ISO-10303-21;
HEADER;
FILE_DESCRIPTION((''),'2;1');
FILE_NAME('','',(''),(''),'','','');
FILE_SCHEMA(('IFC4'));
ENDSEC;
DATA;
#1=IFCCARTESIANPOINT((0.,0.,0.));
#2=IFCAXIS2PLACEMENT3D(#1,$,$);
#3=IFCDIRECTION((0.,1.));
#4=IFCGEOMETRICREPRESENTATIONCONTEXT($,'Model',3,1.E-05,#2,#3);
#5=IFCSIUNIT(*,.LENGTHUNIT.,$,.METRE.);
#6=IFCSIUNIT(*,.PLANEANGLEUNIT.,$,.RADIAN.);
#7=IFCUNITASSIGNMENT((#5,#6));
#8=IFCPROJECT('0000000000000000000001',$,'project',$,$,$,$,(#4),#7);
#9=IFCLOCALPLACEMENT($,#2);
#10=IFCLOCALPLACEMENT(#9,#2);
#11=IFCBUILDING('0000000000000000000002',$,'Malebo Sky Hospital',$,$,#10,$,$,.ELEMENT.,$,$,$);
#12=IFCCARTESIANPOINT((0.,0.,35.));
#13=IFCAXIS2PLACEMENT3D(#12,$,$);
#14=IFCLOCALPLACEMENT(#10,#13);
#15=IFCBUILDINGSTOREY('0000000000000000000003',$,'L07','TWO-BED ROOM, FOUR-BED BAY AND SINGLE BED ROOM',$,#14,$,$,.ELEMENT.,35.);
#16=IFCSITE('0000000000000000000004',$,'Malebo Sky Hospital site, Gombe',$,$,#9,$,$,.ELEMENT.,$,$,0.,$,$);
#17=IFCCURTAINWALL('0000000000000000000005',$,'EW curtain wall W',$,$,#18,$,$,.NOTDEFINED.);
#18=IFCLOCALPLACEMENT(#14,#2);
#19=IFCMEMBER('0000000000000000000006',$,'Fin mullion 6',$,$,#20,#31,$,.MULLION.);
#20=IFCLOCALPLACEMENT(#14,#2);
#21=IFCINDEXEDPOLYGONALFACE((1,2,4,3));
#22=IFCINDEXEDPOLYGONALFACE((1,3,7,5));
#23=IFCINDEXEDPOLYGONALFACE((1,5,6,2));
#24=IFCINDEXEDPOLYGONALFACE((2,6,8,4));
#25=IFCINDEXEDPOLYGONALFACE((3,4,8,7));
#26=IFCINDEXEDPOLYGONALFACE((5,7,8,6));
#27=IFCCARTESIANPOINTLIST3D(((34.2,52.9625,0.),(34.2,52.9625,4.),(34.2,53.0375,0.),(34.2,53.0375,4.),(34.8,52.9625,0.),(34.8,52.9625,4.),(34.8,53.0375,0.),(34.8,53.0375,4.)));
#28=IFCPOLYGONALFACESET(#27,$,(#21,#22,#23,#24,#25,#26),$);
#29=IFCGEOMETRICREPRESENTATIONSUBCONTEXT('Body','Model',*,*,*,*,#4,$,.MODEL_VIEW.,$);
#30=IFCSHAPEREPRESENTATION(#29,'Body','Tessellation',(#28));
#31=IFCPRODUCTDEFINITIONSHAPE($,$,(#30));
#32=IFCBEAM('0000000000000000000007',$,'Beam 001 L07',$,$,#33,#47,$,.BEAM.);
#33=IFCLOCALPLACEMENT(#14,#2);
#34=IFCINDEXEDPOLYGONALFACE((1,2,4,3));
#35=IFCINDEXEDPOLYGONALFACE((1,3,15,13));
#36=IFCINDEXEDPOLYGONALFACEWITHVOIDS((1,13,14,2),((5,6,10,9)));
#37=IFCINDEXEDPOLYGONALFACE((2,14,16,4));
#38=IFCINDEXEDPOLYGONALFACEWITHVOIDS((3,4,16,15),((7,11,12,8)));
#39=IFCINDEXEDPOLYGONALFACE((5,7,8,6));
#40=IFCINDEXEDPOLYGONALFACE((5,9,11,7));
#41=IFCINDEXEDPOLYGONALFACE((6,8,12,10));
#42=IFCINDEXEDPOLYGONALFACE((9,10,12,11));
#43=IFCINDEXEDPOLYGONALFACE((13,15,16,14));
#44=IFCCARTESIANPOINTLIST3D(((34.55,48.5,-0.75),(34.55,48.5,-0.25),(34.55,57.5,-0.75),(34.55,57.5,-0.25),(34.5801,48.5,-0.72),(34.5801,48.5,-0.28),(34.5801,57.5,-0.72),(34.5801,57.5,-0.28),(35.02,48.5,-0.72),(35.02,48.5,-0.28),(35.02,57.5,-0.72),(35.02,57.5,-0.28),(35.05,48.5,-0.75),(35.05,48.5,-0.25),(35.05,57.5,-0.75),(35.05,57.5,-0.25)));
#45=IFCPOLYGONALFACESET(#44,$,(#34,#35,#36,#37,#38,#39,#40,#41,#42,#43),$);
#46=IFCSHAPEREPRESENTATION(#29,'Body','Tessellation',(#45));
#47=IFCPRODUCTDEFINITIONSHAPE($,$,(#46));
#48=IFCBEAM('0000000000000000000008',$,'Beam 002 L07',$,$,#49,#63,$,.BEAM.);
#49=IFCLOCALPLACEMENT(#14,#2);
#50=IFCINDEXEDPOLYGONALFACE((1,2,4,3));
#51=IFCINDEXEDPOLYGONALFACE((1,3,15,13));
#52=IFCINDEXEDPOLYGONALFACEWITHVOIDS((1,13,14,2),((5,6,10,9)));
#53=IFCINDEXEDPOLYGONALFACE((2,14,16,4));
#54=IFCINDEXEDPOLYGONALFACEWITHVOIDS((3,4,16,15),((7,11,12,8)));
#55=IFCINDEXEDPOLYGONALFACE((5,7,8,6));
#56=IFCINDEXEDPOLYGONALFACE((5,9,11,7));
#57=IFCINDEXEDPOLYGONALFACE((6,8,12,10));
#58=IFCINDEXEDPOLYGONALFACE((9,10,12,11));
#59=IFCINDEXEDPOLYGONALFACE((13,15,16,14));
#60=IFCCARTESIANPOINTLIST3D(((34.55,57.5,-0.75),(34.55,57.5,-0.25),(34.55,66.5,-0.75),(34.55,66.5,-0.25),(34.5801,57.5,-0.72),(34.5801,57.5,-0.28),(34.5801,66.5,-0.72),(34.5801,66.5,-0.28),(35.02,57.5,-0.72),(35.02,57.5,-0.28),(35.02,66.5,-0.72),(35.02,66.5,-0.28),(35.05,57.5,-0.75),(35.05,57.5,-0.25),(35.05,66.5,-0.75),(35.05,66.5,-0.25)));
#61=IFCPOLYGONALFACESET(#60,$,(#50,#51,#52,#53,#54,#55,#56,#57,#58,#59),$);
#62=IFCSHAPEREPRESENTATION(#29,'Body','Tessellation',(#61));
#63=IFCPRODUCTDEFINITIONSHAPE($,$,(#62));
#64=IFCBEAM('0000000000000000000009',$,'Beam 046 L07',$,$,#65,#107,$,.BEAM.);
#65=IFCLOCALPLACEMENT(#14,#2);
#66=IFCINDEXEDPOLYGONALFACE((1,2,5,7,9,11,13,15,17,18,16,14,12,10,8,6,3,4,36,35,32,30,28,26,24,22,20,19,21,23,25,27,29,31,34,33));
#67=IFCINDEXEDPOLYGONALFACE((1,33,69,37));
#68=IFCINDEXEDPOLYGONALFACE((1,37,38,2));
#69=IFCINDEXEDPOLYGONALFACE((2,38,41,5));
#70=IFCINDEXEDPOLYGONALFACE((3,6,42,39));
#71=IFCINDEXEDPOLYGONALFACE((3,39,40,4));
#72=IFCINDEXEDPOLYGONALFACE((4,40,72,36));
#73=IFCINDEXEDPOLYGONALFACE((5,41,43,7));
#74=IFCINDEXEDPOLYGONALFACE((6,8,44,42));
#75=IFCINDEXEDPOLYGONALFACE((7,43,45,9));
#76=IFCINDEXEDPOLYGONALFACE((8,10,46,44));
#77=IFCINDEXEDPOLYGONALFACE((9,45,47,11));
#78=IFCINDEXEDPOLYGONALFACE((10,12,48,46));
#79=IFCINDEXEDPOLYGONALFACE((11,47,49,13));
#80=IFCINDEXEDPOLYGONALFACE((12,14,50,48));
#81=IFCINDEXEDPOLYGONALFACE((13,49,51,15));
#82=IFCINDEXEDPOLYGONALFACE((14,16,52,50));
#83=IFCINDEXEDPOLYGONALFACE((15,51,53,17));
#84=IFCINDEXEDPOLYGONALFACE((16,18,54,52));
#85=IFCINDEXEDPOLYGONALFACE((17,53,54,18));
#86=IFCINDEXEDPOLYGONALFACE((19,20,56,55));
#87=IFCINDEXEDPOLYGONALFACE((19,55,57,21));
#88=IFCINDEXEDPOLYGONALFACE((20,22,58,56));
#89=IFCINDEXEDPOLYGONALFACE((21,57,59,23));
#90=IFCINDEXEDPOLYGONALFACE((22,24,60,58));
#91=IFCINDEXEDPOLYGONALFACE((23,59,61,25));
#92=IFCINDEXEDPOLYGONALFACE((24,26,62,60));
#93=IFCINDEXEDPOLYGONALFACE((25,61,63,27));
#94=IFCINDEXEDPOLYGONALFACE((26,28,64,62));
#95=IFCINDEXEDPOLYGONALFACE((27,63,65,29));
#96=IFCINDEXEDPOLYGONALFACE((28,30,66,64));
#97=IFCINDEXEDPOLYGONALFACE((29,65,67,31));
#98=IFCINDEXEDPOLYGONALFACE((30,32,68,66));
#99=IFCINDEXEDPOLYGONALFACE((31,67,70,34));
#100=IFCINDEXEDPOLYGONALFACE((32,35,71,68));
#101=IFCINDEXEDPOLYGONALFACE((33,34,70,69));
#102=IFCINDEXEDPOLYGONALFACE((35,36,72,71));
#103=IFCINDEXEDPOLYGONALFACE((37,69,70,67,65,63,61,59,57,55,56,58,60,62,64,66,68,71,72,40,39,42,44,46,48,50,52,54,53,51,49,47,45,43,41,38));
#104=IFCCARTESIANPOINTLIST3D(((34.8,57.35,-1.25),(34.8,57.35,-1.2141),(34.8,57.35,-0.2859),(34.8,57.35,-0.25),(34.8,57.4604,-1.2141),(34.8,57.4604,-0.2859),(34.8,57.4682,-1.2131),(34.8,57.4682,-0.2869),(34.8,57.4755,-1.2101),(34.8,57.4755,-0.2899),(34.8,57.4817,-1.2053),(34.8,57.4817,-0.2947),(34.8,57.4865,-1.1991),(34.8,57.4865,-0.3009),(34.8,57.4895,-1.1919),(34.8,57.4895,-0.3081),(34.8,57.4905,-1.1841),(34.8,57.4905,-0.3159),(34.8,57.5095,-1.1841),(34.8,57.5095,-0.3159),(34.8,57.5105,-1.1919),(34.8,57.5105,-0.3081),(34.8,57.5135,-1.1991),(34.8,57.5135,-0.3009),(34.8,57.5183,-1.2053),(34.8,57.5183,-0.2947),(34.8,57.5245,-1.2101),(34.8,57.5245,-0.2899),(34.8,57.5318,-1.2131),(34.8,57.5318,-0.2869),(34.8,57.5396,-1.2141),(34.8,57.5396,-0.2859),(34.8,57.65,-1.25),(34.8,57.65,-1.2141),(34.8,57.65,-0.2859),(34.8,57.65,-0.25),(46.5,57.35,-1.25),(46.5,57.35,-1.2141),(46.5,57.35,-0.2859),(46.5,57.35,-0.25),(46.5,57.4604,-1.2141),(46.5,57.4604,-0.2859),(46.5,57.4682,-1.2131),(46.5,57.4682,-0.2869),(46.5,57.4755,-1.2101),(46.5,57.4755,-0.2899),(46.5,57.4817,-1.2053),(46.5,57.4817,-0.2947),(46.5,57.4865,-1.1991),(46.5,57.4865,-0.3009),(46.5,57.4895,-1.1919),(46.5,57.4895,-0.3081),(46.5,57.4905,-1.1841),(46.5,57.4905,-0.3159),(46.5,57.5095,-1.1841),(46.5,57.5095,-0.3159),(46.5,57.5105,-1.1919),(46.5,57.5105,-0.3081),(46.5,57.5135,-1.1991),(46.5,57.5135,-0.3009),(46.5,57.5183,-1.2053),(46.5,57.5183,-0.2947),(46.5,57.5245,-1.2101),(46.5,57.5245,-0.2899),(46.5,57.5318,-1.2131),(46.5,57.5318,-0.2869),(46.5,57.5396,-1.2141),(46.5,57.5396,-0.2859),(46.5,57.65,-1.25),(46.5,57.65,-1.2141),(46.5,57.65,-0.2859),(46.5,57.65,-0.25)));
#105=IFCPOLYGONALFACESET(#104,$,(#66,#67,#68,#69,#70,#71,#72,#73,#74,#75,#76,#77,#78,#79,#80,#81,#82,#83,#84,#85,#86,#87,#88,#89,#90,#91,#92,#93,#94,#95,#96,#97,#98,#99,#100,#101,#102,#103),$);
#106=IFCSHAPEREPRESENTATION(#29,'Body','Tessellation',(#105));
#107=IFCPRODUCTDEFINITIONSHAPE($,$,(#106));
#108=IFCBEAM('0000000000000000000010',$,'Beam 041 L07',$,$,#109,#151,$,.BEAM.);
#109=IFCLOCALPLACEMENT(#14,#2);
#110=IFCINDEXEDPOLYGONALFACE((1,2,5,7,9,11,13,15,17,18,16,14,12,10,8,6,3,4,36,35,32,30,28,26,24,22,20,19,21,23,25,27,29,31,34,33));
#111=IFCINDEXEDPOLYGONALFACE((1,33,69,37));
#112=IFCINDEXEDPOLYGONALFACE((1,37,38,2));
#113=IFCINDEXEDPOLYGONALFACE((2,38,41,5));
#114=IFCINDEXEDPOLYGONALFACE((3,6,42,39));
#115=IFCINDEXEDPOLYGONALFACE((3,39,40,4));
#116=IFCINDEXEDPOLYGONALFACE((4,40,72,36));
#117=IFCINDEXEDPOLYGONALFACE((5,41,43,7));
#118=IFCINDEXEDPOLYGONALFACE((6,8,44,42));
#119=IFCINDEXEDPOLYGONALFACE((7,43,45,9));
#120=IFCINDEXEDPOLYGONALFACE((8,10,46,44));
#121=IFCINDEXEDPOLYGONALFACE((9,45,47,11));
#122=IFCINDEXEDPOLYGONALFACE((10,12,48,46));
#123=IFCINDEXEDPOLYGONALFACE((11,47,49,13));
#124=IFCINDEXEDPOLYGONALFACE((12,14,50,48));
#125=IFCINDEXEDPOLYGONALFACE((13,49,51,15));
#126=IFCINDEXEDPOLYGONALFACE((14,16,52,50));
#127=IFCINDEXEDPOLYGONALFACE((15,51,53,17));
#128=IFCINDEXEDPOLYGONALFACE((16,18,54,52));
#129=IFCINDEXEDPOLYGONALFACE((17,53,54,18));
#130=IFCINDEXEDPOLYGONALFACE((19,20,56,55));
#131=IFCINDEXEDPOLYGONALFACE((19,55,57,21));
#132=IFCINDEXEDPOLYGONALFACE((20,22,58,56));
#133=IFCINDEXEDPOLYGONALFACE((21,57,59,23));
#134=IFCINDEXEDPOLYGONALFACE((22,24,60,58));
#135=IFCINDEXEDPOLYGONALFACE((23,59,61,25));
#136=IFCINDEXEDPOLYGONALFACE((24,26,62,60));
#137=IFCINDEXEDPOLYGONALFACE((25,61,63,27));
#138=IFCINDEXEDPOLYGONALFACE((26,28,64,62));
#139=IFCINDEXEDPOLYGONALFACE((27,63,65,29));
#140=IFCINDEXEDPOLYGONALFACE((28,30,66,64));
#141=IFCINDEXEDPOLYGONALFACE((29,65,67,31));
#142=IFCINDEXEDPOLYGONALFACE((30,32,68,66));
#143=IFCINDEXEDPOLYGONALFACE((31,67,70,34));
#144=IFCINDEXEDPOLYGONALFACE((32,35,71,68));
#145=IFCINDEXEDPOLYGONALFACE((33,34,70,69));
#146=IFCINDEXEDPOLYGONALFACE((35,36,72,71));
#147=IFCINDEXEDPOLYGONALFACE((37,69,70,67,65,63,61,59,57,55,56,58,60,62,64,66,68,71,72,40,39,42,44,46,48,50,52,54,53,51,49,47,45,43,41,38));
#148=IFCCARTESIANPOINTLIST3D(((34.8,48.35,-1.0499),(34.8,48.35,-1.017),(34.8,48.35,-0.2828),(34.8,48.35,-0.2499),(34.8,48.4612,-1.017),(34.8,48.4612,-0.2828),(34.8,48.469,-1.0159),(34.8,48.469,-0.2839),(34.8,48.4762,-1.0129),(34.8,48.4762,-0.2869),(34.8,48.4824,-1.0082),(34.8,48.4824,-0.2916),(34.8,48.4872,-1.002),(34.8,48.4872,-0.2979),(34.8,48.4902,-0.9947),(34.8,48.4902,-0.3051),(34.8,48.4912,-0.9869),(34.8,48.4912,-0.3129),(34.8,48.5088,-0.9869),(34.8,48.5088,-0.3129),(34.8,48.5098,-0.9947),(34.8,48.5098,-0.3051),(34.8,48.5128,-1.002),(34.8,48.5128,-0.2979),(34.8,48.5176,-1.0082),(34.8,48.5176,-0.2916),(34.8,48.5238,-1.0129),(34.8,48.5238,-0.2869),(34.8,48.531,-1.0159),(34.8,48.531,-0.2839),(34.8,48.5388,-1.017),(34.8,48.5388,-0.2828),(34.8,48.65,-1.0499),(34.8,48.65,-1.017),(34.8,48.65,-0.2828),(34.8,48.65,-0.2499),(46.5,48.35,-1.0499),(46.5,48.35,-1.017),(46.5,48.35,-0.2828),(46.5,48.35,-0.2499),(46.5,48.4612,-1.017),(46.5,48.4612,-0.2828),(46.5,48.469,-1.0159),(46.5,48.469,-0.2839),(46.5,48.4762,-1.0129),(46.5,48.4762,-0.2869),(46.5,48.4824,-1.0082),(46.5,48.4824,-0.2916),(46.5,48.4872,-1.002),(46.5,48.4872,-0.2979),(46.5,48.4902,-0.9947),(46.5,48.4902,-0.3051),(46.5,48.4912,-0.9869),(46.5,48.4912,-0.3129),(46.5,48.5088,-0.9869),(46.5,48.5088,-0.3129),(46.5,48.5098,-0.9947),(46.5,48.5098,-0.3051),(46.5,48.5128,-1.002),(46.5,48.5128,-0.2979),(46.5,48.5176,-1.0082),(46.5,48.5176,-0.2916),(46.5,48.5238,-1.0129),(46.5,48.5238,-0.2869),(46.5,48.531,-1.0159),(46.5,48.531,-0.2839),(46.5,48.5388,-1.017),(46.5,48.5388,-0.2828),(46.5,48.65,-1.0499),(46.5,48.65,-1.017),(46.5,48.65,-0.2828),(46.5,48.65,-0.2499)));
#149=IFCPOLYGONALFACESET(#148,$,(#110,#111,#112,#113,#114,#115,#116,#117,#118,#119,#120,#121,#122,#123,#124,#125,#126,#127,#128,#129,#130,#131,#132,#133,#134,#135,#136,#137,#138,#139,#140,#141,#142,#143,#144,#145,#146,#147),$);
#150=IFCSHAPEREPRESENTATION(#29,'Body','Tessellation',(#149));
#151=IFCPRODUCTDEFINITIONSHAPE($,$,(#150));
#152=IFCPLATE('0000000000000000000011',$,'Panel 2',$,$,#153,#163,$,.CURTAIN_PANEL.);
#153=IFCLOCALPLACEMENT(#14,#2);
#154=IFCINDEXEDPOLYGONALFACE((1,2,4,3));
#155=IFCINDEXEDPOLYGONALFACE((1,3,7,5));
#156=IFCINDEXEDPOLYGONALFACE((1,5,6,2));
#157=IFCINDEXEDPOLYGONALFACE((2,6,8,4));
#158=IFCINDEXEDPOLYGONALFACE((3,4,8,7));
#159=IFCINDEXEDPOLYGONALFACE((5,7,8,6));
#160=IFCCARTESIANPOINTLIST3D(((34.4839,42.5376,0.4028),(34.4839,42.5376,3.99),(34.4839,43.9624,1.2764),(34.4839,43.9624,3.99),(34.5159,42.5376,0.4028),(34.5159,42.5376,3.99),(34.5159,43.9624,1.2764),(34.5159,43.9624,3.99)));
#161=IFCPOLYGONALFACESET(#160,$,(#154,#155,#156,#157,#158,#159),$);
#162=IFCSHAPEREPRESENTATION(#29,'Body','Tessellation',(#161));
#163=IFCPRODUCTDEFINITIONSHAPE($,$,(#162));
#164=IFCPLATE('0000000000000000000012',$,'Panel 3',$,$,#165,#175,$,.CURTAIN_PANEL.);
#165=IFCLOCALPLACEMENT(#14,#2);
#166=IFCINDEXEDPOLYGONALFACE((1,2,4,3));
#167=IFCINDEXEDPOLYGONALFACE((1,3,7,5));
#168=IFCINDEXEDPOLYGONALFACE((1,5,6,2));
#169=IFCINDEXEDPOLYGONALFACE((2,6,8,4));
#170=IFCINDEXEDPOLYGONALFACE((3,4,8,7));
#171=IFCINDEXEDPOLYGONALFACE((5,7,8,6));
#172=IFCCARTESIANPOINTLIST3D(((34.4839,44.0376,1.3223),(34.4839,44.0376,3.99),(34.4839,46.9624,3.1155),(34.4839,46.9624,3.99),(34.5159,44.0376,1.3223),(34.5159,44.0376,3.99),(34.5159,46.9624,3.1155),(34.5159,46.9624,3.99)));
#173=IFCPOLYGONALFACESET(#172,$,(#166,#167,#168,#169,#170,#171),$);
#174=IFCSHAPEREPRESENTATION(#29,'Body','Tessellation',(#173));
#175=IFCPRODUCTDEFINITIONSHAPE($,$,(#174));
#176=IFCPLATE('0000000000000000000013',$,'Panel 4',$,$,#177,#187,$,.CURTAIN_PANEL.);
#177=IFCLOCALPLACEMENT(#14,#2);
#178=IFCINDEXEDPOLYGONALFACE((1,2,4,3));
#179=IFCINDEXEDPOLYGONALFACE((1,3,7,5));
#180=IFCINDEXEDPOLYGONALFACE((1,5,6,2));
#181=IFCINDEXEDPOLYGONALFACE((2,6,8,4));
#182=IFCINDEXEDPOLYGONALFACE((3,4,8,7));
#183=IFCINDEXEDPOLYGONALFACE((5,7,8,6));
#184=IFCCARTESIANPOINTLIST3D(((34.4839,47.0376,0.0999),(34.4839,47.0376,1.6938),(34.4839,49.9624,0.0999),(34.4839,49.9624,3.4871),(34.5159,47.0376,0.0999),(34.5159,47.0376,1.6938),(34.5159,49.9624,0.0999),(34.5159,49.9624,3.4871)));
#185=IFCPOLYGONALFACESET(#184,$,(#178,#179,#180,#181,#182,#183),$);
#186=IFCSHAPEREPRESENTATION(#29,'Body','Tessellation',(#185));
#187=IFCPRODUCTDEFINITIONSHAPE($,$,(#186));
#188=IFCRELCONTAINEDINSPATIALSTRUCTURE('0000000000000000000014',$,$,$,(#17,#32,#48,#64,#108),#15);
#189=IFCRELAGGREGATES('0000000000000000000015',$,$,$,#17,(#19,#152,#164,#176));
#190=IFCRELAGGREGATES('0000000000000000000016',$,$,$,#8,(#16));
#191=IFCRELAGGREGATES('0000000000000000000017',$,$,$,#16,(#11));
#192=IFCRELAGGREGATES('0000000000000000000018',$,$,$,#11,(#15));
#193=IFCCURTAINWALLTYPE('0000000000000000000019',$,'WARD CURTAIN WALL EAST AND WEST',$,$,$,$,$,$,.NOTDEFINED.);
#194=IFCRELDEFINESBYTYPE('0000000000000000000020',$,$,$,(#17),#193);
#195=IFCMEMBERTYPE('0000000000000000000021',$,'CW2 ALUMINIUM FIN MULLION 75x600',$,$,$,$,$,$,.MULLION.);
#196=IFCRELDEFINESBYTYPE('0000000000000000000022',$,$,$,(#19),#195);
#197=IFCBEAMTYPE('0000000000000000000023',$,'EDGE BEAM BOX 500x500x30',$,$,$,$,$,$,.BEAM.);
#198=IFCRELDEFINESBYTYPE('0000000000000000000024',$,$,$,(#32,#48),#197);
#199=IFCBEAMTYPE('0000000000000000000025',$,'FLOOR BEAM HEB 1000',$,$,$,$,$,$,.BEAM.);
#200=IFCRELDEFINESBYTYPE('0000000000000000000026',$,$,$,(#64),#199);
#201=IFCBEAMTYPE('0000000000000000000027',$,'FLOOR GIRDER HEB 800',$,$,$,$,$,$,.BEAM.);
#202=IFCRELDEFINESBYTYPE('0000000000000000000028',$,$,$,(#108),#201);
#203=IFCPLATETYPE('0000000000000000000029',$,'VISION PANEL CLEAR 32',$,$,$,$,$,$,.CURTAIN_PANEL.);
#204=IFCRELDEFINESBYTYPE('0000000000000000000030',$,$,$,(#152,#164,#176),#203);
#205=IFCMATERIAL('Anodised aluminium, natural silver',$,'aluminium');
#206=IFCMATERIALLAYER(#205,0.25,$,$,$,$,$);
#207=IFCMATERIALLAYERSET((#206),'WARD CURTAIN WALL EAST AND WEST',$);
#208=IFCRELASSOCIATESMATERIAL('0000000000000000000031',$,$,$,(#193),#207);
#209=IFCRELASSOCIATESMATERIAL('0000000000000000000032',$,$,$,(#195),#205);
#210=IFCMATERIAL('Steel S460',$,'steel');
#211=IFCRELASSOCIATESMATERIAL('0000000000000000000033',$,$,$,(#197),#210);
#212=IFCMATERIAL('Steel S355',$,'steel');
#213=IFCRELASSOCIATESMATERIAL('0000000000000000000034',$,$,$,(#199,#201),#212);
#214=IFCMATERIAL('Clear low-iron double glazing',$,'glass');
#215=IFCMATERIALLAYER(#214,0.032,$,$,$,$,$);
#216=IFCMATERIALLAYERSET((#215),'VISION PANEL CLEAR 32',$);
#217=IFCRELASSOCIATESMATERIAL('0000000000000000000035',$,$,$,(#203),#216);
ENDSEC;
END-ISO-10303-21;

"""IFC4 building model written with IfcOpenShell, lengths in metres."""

from ifc_helpers import new_model, si_unit, direction, frame, origin, origin_2d, place, context, subcontext, project, spatial, polyline, rectangle, hollow_rectangle, i_section, outline, extrude, material, layer, layer_set, material_profile, profile_set, type_object, element, aggregate, save


model = new_model("IFC4")

# Units and contexts
model_context = context("Model", 3, precision=1e-05, world=origin(), true_north=direction((0.0, 1.0)))
body_context = subcontext(model_context, "Body", "Model", "MODEL_VIEW")
ifc_project = project(units=[si_unit("LENGTHUNIT", "METRE"), si_unit("PLANEANGLEUNIT", "RADIAN")], contexts=[model_context])

# Site, building, storey
site_placement = place(None, origin())
site = spatial("IfcSite", under=ifc_project, at=site_placement, Name="Malebo Sky Hospital site, Gombe", CompositionType="ELEMENT", RefElevation=0.0)
building_placement = place(site_placement, origin())
building = spatial("IfcBuilding", under=site, at=building_placement, Name="Malebo Sky Hospital", CompositionType="ELEMENT")
storey_placement = place(building_placement, frame((0.0, 0.0, 35.0)))
storey = spatial("IfcBuildingStorey", under=building, at=storey_placement, Name="L07", Description="TWO-BED ROOM, FOUR-BED BAY AND SINGLE BED ROOM", CompositionType="ELEMENT", Elevation=35.0)

# Shared definitions
ifc_material_1 = material(Name="Steel S460", Category="steel")

# Curtain wall, member
ifc_material_2 = material(Name="Anodised aluminium, natural silver", Category="aluminium")
ifc_layer_1 = layer(ifc_material_2, 0.25)
ifc_layer_set_1 = layer_set([ifc_layer_1], Name="WARD CURTAIN WALL EAST AND WEST")
curtain_wall_type = type_object("IfcCurtainWallType", Name="WARD CURTAIN WALL EAST AND WEST", PredefinedType="NOTDEFINED", material=ifc_layer_set_1)
curtain_wall_placement = place(storey_placement, origin())
curtain_wall = element("IfcCurtainWall", 1, at=curtain_wall_placement, inside=storey, type_object=curtain_wall_type, Name="EW curtain wall W", PredefinedType="NOTDEFINED")
ifc_material_profile_1 = material_profile(ifc_material_2, rectangle(XDim=0.075, YDim=0.6001, at=origin_2d()), Name="CW2 ALUMINIUM FIN MULLION 75x600")
ifc_profile_set_1 = profile_set([ifc_material_profile_1], Name="Anodised aluminium, natural silver")
member_type_1 = type_object("IfcMemberType", Name="CW2 ALUMINIUM FIN MULLION 75x600", PredefinedType="MULLION", material=ifc_profile_set_1)
member_1_placement = place(storey_placement, frame((34.5, 53.0, 0.0), z_axis=(0.0, 0.0, 1.0), x_axis=(0.0, 1.0, 0.0)))
member_1 = element("IfcMember", 2, at=member_1_placement, type_object=member_type_1, Name="Fin mullion 6", PredefinedType="MULLION", context=body_context, shape_type="SweptSolid", body=[
    extrude(rectangle(XDim=0.075, YDim=0.6001, at=origin_2d()), origin(), (0.0, 0.0, 1.0), 4.0),
])

# Beams
ifc_material_profile_2 = material_profile(ifc_material_1, hollow_rectangle(XDim=0.5, YDim=0.5, WallThickness=0.03, at=origin_2d()), Name="BOX 500x500x30")
ifc_profile_set_2 = profile_set([ifc_material_profile_2], Name="Steel S460")
beam_type_1 = type_object("IfcBeamType", Name="EDGE BEAM BOX 500x500x30", PredefinedType="BEAM", material=ifc_profile_set_2)
for number, where, z_axis, x_axis, name in (
    (3, (34.8, 48.5, -0.5), (0.0, 1.0, 0.0), (-1.0, 0.0, 0.0), "Beam 001 L07"),
    (4, (34.8, 57.5, -0.5), (0.0, 1.0, 0.0), (-1.0, 0.0, 0.0), "Beam 002 L07"),
):
    element("IfcBeam", number, at=place(storey_placement, frame(where, z_axis=z_axis, x_axis=x_axis)), inside=storey, type_object=beam_type_1, Name=name, PredefinedType="BEAM", context=body_context, shape_type="SweptSolid", body=[
        extrude(hollow_rectangle(XDim=0.5, YDim=0.5, WallThickness=0.03, at=origin_2d()), origin(), (0.0, 0.0, 1.0), 9.0),
    ])
ifc_material_3 = material(Name="Steel S355", Category="steel")
ifc_material_profile_3 = material_profile(ifc_material_3, i_section(OverallWidth=0.3, OverallDepth=1.0, WebThickness=0.019, FlangeThickness=0.0359, FilletRadius=0.03, at=origin_2d()), Name="HEB 1000")
ifc_profile_set_3 = profile_set([ifc_material_profile_3], Name="Steel S355")
beam_type_2 = type_object("IfcBeamType", Name="FLOOR BEAM HEB 1000", PredefinedType="BEAM", material=ifc_profile_set_3)
beam_1_placement = place(storey_placement, frame((34.8, 57.5, -0.75), z_axis=(1.0, 0.0, 0.0), x_axis=(0.0, 1.0, 0.0)))
element("IfcBeam", 5, at=beam_1_placement, inside=storey, type_object=beam_type_2, Name="Beam 046 L07", PredefinedType="BEAM", context=body_context, shape_type="SweptSolid", body=[
    extrude(i_section(OverallWidth=0.3, OverallDepth=1.0, WebThickness=0.019, FlangeThickness=0.0359, FilletRadius=0.03, at=origin_2d()), origin(), (0.0, 0.0, 1.0), 11.7),
])
ifc_material_profile_4 = material_profile(ifc_material_3, i_section(OverallWidth=0.3, OverallDepth=0.8, WebThickness=0.0176, FlangeThickness=0.033, FilletRadius=0.03, at=origin_2d()), Name="HEB 800")
ifc_profile_set_4 = profile_set([ifc_material_profile_4], Name="Steel S355")
beam_type_3 = type_object("IfcBeamType", Name="FLOOR GIRDER HEB 800", PredefinedType="BEAM", material=ifc_profile_set_4)
beam_2_placement = place(storey_placement, frame((34.8, 48.5, -0.6499), z_axis=(1.0, 0.0, 0.0), x_axis=(0.0, 1.0, 0.0)))
element("IfcBeam", 6, at=beam_2_placement, inside=storey, type_object=beam_type_3, Name="Beam 041 L07", PredefinedType="BEAM", context=body_context, shape_type="SweptSolid", body=[
    extrude(i_section(OverallWidth=0.3, OverallDepth=0.8, WebThickness=0.0176, FlangeThickness=0.033, FilletRadius=0.03, at=origin_2d()), origin(), (0.0, 0.0, 1.0), 11.7),
])

# Plates
ifc_material_4 = material(Name="Clear low-iron double glazing", Category="glass")
ifc_layer_2 = layer(ifc_material_4, 0.032)
ifc_layer_set_2 = layer_set([ifc_layer_2], Name="VISION PANEL CLEAR 32")
plate_type = type_object("IfcPlateType", Name="VISION PANEL CLEAR 32", PredefinedType="CURTAIN_PANEL", material=ifc_layer_set_2)
plate_1_placement = place(storey_placement, frame((34.5, 43.25, 0.4028), z_axis=(0.0, 0.0, 1.0), x_axis=(0.0, 1.0, 0.0)))
plate_1 = element("IfcPlate", 7, at=plate_1_placement, type_object=plate_type, Name="Panel 2", PredefinedType="CURTAIN_PANEL", context=body_context, shape_type="SweptSolid", body=[
    extrude(outline(polyline([(-0.7124, 0.0), (0.7124, 0.8735), (0.7124, 3.5872), (-0.7124, 3.5872), (-0.7124, 0.0)])), frame((0.0, 0.0161, 0.0), z_axis=(0.0, -1.0, 0.0), x_axis=(1.0, 0.0, 0.0)), (0.0, 0.0, 1.0), 0.032),
])
plate_2_placement = place(storey_placement, frame((34.5, 45.5, 1.3223), z_axis=(0.0, 0.0, 1.0), x_axis=(0.0, 1.0, 0.0)))
plate_2 = element("IfcPlate", 8, at=plate_2_placement, type_object=plate_type, Name="Panel 3", PredefinedType="CURTAIN_PANEL", context=body_context, shape_type="SweptSolid", body=[
    extrude(outline(polyline([(-1.4624, 0.0), (1.4624, 1.7932), (1.4624, 2.6677), (-1.4624, 2.6677), (-1.4624, 0.0)])), frame((0.0, 0.0161, 0.0), z_axis=(0.0, -1.0, 0.0), x_axis=(1.0, 0.0, 0.0)), (0.0, 0.0, 1.0), 0.032),
])
plate_3_placement = place(storey_placement, frame((34.5, 48.5, 0.0999), z_axis=(0.0, 0.0, 1.0), x_axis=(0.0, 1.0, 0.0)))
plate_3 = element("IfcPlate", 9, at=plate_3_placement, type_object=plate_type, Name="Panel 4", PredefinedType="CURTAIN_PANEL", context=body_context, shape_type="SweptSolid", body=[
    extrude(outline(polyline([(-1.4624, 0.0), (1.4624, 0.0), (1.4624, 3.3872), (-1.4624, 1.594), (-1.4624, 0.0)])), frame((0.0, 0.0161, 0.0), z_axis=(0.0, -1.0, 0.0), x_axis=(1.0, 0.0, 0.0)), (0.0, 0.0, 1.0), 0.032),
])
aggregate(curtain_wall, [member_1, plate_1, plate_2, plate_3])

save(model, "model.ifc")
